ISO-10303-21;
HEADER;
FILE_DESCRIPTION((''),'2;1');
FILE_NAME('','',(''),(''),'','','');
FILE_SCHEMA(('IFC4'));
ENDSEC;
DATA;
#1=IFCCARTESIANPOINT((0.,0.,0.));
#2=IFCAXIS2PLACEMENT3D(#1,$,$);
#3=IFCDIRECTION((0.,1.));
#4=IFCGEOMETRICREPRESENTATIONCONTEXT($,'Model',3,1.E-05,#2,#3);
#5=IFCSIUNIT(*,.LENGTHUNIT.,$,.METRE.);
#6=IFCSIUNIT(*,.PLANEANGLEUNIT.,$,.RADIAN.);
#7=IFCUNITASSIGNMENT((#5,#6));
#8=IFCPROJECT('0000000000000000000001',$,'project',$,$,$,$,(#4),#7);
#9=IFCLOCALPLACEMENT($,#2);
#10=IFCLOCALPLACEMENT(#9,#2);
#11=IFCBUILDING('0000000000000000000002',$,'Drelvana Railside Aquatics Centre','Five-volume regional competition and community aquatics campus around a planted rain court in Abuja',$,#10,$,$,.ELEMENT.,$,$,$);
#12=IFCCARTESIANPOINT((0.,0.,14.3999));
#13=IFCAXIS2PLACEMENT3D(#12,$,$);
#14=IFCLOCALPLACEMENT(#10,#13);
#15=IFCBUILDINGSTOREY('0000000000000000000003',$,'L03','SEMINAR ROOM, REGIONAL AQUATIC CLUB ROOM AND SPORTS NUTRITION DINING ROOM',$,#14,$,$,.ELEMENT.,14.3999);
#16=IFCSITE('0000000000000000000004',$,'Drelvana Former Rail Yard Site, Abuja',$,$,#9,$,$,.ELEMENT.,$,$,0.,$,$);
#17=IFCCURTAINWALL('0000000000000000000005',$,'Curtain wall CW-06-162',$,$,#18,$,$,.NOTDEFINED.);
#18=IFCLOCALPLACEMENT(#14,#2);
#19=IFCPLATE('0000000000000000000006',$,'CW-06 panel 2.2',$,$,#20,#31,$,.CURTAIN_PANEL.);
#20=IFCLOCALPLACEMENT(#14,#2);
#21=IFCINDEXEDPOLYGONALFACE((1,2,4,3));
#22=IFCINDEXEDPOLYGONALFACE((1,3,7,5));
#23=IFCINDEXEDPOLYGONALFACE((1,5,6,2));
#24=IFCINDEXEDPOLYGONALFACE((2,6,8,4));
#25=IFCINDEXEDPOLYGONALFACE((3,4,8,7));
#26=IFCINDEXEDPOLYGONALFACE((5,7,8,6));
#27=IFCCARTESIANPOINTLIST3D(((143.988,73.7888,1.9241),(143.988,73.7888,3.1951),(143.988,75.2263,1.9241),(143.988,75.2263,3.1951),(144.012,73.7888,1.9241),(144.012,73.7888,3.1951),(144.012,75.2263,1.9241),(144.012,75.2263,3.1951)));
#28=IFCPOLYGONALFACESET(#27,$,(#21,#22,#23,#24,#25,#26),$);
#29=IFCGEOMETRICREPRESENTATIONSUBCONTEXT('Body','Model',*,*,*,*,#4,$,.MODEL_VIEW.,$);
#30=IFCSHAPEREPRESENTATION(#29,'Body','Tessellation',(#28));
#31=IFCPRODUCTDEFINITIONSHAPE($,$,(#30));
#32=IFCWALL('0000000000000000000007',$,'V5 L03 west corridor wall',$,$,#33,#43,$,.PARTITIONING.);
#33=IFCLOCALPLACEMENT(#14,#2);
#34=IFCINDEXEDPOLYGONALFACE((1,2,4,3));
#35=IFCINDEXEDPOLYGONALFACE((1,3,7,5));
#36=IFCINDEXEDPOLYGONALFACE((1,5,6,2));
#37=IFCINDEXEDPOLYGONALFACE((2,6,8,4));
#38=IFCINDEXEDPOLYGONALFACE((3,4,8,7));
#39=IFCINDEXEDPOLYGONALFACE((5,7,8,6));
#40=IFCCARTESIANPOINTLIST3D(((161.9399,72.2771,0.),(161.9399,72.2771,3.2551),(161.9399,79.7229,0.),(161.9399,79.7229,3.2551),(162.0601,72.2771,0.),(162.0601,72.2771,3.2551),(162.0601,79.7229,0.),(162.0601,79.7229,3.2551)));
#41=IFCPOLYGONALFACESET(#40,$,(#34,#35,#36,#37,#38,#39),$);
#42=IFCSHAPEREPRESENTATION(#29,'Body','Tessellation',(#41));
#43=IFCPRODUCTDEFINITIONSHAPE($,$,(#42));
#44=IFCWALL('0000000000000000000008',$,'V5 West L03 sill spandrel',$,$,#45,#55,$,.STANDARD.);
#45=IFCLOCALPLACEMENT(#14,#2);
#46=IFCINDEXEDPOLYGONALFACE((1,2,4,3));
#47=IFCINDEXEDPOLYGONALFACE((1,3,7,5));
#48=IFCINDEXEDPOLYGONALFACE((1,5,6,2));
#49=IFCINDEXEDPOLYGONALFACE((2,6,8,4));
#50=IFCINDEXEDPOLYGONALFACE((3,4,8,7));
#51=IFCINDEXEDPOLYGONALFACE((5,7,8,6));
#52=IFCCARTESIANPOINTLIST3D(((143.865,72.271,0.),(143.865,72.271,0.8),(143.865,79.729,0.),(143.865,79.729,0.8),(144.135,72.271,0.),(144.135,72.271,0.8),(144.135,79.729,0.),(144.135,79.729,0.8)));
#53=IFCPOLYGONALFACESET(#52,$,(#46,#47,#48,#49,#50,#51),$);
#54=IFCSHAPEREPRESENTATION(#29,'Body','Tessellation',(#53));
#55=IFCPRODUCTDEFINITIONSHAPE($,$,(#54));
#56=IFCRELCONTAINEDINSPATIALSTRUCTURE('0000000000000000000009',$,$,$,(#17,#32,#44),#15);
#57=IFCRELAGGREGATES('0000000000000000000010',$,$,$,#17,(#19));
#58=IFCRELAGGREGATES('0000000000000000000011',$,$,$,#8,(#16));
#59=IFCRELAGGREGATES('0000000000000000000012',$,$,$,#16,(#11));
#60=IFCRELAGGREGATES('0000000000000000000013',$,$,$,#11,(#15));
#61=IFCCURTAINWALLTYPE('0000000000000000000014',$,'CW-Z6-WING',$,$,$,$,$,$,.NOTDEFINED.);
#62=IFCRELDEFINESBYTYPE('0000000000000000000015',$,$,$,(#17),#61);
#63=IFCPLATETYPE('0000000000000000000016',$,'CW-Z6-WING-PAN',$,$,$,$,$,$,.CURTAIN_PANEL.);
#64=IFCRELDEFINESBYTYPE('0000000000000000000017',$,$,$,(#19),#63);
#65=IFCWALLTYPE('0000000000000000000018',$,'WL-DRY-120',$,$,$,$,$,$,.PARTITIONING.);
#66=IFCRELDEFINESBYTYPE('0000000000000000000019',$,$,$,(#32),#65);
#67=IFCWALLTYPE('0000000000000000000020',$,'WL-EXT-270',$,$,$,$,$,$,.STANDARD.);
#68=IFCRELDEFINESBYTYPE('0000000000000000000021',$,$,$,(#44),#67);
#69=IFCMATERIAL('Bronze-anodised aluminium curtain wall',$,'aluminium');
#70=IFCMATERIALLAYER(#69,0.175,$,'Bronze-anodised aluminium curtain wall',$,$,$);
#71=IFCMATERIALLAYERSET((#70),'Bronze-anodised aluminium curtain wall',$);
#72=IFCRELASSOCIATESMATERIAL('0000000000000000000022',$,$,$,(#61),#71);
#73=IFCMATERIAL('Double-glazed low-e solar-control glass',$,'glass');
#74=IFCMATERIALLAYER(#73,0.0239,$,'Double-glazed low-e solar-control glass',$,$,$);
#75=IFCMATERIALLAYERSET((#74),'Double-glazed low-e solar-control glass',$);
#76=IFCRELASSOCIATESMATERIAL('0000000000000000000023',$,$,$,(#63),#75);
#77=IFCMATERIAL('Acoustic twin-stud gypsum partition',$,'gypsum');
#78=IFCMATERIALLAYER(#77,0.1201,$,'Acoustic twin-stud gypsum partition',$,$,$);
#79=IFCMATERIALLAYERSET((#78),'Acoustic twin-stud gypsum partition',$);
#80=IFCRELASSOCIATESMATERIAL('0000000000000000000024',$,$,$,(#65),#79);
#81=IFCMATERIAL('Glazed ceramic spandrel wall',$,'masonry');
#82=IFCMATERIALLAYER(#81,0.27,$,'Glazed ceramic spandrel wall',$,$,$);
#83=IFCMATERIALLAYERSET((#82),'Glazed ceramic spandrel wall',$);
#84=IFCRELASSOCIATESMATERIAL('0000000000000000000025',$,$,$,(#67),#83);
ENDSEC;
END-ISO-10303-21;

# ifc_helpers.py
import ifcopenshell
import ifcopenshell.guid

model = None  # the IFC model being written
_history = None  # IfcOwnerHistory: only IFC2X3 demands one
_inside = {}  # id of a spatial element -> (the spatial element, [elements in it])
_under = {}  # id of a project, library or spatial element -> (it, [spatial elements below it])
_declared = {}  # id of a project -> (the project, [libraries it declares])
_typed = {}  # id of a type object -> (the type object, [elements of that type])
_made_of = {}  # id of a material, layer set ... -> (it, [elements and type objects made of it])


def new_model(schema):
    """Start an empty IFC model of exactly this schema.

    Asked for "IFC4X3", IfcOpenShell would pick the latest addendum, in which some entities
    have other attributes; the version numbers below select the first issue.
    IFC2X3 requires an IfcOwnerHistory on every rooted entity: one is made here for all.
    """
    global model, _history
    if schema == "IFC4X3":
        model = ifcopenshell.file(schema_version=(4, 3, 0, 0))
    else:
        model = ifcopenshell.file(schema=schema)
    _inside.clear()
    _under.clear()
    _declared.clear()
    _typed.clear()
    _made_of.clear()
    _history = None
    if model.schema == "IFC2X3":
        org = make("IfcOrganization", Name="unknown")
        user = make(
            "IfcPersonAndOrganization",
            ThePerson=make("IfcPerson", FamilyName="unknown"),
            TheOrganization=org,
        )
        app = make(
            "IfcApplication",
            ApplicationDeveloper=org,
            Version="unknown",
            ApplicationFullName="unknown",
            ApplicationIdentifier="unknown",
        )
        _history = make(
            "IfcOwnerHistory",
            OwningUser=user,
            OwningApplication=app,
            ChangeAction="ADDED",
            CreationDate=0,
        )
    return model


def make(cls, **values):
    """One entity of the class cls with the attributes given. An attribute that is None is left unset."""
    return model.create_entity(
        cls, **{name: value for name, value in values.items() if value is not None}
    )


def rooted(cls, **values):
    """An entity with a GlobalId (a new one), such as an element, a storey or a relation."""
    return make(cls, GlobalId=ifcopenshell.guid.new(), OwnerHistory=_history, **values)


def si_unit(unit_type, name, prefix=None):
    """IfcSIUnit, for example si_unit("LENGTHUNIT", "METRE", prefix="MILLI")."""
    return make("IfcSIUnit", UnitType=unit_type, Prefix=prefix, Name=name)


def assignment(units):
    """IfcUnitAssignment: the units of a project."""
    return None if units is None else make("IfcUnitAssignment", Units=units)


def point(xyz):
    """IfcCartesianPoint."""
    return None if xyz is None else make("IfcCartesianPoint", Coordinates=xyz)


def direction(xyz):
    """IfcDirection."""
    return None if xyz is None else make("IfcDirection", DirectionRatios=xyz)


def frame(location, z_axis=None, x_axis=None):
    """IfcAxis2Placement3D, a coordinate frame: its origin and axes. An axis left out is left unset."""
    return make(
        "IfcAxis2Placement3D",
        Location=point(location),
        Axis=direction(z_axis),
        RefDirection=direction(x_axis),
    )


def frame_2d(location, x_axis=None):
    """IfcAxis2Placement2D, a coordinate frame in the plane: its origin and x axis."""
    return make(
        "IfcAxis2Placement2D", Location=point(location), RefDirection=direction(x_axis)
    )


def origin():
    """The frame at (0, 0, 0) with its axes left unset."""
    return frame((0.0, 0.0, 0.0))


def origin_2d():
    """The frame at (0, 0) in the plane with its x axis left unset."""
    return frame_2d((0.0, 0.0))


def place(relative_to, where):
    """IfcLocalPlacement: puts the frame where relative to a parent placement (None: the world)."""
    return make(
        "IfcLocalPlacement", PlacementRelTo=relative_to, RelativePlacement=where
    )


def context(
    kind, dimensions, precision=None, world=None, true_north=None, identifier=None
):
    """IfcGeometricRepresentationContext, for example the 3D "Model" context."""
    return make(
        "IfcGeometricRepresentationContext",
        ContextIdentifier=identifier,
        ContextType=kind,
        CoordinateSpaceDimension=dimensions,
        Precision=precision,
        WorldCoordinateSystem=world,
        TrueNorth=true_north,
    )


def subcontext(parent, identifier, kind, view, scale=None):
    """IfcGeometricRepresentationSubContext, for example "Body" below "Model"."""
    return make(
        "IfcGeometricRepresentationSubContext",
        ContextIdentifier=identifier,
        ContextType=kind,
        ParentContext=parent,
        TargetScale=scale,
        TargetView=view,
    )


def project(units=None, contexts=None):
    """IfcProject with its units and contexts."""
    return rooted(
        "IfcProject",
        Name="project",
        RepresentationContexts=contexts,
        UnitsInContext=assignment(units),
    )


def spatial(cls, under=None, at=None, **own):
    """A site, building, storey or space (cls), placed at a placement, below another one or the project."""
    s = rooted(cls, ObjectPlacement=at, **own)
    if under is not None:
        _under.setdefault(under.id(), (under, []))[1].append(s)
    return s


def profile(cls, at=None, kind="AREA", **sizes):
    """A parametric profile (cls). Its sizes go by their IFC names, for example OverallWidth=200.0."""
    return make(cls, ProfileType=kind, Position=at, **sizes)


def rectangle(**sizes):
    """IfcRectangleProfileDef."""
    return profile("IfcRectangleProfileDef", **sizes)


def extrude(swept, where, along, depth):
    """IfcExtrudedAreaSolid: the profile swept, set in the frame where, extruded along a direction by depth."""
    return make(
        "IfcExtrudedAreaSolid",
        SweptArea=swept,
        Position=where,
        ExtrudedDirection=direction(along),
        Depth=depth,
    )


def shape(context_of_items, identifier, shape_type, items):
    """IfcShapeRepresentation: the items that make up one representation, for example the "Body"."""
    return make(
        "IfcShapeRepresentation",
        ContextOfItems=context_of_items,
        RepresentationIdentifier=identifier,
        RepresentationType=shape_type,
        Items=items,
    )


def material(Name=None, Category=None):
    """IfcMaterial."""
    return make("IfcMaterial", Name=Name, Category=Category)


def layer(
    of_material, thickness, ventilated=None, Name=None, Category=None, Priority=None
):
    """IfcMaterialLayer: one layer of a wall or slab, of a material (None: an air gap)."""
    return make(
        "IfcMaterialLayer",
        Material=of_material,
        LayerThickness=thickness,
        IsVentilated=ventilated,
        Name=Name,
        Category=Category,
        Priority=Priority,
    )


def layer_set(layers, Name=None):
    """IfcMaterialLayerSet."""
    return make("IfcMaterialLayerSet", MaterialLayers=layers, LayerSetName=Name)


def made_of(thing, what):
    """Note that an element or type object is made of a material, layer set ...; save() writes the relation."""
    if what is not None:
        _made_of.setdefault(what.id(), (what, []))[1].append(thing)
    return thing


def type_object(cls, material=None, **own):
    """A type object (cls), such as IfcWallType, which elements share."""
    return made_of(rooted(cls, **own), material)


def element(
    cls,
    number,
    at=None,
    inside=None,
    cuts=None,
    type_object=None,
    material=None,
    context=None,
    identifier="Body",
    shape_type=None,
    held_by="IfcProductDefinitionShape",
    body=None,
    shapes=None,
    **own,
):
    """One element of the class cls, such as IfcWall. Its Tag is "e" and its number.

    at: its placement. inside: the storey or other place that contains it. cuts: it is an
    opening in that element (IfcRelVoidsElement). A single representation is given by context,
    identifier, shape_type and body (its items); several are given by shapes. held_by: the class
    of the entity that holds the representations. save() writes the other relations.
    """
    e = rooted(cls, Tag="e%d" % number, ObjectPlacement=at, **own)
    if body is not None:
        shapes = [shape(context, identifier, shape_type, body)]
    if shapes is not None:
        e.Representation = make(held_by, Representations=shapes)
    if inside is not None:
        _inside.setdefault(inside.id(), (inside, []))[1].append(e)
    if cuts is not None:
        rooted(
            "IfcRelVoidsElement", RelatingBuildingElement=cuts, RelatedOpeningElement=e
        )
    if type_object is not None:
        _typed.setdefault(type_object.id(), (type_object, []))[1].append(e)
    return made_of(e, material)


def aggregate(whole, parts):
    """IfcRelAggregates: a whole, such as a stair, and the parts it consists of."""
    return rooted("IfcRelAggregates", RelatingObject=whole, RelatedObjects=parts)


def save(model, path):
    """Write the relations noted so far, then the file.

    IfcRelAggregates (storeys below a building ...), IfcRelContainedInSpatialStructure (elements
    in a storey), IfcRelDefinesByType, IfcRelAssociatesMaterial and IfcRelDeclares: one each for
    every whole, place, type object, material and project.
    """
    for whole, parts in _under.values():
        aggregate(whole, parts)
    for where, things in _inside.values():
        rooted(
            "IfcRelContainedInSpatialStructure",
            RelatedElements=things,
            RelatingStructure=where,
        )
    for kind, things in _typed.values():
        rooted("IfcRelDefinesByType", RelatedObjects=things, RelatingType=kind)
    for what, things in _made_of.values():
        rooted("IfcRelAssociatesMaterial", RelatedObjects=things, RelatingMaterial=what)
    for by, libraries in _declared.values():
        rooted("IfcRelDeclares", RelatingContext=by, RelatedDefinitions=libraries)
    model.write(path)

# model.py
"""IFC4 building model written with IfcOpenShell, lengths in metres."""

from ifc_helpers import new_model, si_unit, direction, frame, frame_2d, origin, origin_2d, place, context, subcontext, project, spatial, rectangle, extrude, material, layer, layer_set, type_object, element, aggregate, save


model = new_model("IFC4")

# Units and contexts
model_context = context("Model", 3, precision=1e-05, world=origin(), true_north=direction((0.0, 1.0)))
body_context = subcontext(model_context, "Body", "Model", "MODEL_VIEW")
ifc_project = project(units=[si_unit("LENGTHUNIT", "METRE"), si_unit("PLANEANGLEUNIT", "RADIAN")], contexts=[model_context])

# Site, building, storey
site_placement = place(None, origin())
site = spatial("IfcSite", under=ifc_project, at=site_placement, Name="Drelvana Former Rail Yard Site, Abuja", CompositionType="ELEMENT", RefElevation=0.0)
building_placement = place(site_placement, origin())
building = spatial("IfcBuilding", under=site, at=building_placement, Name="Drelvana Railside Aquatics Centre", Description="Five-volume regional competition and community aquatics campus around a planted rain court in Abuja", CompositionType="ELEMENT")
storey_placement = place(building_placement, frame((0.0, 0.0, 14.3999)))
storey = spatial("IfcBuildingStorey", under=building, at=storey_placement, Name="L03", Description="SEMINAR ROOM, REGIONAL AQUATIC CLUB ROOM AND SPORTS NUTRITION DINING ROOM", CompositionType="ELEMENT", Elevation=14.3999)

# Shared definitions
ifc_material_1 = material(Name="Bronze-anodised aluminium curtain wall", Category="aluminium")
ifc_layer_1 = layer(ifc_material_1, 0.175, Name="Bronze-anodised aluminium curtain wall")
ifc_layer_set_1 = layer_set([ifc_layer_1], Name="Bronze-anodised aluminium curtain wall")
curtain_wall_type = type_object("IfcCurtainWallType", Name="CW-Z6-WING", PredefinedType="NOTDEFINED", material=ifc_layer_set_1)

# Curtain wall
curtain_wall_1_placement = place(storey_placement, origin())
curtain_wall_1 = element("IfcCurtainWall", 1, at=curtain_wall_1_placement, inside=storey, type_object=curtain_wall_type, Name="Curtain wall CW-06-162", PredefinedType="NOTDEFINED")

# Plate
ifc_material_2 = material(Name="Double-glazed low-e solar-control glass", Category="glass")
ifc_layer_2 = layer(ifc_material_2, 0.0239, Name="Double-glazed low-e solar-control glass")
ifc_layer_set_2 = layer_set([ifc_layer_2], Name="Double-glazed low-e solar-control glass")
plate_type = type_object("IfcPlateType", Name="CW-Z6-WING-PAN", PredefinedType="CURTAIN_PANEL", material=ifc_layer_set_2)
plate_1_placement = place(storey_placement, frame((144.0, 74.5076, 1.9241), z_axis=(0.0, 0.0, 1.0), x_axis=(0.0, 1.0, 0.0)))
plate_1 = element("IfcPlate", 2, at=plate_1_placement, type_object=plate_type, Name="CW-06 panel 2.2", PredefinedType="CURTAIN_PANEL", context=body_context, shape_type="SweptSolid", body=[
    extrude(rectangle(XDim=1.4375, YDim=0.0239, at=origin_2d()), origin(), (0.0, 0.0, 1.0), 1.271),
])
aggregate(curtain_wall_1, [plate_1])

# Walls
ifc_material_3 = material(Name="Acoustic twin-stud gypsum partition", Category="gypsum")
ifc_layer_3 = layer(ifc_material_3, 0.1201, Name="Acoustic twin-stud gypsum partition")
ifc_layer_set_3 = layer_set([ifc_layer_3], Name="Acoustic twin-stud gypsum partition")
wall_type_1 = type_object("IfcWallType", Name="WL-DRY-120", PredefinedType="PARTITIONING", material=ifc_layer_set_3)
wall_1_placement = place(storey_placement, frame((162.0, 72.2771, 0.0), z_axis=(0.0, 0.0, 1.0), x_axis=(0.0, 1.0, 0.0)))
element("IfcWall", 3, at=wall_1_placement, inside=storey, type_object=wall_type_1, Name="V5 L03 west corridor wall", PredefinedType="PARTITIONING", context=body_context, shape_type="SweptSolid", body=[
    extrude(rectangle(XDim=7.4458, YDim=0.1201, at=frame_2d((3.7229, 0.0))), origin(), (0.0, 0.0, 1.0), 3.2551),
])
ifc_material_4 = material(Name="Glazed ceramic spandrel wall", Category="masonry")
ifc_layer_4 = layer(ifc_material_4, 0.27, Name="Glazed ceramic spandrel wall")
ifc_layer_set_4 = layer_set([ifc_layer_4], Name="Glazed ceramic spandrel wall")
wall_type_2 = type_object("IfcWallType", Name="WL-EXT-270", PredefinedType="STANDARD", material=ifc_layer_set_4)
wall_2_placement = place(storey_placement, frame((144.0, 72.271, 0.0), z_axis=(0.0, 0.0, 1.0), x_axis=(0.0, 1.0, 0.0)))
element("IfcWall", 4, at=wall_2_placement, inside=storey, type_object=wall_type_2, Name="V5 West L03 sill spandrel", PredefinedType="STANDARD", context=body_context, shape_type="SweptSolid", body=[
    extrude(rectangle(XDim=7.458, YDim=0.27, at=frame_2d((3.729, 0.0))), origin(), (0.0, 0.0, 1.0), 0.8),
])

save(model, "model.ifc")
